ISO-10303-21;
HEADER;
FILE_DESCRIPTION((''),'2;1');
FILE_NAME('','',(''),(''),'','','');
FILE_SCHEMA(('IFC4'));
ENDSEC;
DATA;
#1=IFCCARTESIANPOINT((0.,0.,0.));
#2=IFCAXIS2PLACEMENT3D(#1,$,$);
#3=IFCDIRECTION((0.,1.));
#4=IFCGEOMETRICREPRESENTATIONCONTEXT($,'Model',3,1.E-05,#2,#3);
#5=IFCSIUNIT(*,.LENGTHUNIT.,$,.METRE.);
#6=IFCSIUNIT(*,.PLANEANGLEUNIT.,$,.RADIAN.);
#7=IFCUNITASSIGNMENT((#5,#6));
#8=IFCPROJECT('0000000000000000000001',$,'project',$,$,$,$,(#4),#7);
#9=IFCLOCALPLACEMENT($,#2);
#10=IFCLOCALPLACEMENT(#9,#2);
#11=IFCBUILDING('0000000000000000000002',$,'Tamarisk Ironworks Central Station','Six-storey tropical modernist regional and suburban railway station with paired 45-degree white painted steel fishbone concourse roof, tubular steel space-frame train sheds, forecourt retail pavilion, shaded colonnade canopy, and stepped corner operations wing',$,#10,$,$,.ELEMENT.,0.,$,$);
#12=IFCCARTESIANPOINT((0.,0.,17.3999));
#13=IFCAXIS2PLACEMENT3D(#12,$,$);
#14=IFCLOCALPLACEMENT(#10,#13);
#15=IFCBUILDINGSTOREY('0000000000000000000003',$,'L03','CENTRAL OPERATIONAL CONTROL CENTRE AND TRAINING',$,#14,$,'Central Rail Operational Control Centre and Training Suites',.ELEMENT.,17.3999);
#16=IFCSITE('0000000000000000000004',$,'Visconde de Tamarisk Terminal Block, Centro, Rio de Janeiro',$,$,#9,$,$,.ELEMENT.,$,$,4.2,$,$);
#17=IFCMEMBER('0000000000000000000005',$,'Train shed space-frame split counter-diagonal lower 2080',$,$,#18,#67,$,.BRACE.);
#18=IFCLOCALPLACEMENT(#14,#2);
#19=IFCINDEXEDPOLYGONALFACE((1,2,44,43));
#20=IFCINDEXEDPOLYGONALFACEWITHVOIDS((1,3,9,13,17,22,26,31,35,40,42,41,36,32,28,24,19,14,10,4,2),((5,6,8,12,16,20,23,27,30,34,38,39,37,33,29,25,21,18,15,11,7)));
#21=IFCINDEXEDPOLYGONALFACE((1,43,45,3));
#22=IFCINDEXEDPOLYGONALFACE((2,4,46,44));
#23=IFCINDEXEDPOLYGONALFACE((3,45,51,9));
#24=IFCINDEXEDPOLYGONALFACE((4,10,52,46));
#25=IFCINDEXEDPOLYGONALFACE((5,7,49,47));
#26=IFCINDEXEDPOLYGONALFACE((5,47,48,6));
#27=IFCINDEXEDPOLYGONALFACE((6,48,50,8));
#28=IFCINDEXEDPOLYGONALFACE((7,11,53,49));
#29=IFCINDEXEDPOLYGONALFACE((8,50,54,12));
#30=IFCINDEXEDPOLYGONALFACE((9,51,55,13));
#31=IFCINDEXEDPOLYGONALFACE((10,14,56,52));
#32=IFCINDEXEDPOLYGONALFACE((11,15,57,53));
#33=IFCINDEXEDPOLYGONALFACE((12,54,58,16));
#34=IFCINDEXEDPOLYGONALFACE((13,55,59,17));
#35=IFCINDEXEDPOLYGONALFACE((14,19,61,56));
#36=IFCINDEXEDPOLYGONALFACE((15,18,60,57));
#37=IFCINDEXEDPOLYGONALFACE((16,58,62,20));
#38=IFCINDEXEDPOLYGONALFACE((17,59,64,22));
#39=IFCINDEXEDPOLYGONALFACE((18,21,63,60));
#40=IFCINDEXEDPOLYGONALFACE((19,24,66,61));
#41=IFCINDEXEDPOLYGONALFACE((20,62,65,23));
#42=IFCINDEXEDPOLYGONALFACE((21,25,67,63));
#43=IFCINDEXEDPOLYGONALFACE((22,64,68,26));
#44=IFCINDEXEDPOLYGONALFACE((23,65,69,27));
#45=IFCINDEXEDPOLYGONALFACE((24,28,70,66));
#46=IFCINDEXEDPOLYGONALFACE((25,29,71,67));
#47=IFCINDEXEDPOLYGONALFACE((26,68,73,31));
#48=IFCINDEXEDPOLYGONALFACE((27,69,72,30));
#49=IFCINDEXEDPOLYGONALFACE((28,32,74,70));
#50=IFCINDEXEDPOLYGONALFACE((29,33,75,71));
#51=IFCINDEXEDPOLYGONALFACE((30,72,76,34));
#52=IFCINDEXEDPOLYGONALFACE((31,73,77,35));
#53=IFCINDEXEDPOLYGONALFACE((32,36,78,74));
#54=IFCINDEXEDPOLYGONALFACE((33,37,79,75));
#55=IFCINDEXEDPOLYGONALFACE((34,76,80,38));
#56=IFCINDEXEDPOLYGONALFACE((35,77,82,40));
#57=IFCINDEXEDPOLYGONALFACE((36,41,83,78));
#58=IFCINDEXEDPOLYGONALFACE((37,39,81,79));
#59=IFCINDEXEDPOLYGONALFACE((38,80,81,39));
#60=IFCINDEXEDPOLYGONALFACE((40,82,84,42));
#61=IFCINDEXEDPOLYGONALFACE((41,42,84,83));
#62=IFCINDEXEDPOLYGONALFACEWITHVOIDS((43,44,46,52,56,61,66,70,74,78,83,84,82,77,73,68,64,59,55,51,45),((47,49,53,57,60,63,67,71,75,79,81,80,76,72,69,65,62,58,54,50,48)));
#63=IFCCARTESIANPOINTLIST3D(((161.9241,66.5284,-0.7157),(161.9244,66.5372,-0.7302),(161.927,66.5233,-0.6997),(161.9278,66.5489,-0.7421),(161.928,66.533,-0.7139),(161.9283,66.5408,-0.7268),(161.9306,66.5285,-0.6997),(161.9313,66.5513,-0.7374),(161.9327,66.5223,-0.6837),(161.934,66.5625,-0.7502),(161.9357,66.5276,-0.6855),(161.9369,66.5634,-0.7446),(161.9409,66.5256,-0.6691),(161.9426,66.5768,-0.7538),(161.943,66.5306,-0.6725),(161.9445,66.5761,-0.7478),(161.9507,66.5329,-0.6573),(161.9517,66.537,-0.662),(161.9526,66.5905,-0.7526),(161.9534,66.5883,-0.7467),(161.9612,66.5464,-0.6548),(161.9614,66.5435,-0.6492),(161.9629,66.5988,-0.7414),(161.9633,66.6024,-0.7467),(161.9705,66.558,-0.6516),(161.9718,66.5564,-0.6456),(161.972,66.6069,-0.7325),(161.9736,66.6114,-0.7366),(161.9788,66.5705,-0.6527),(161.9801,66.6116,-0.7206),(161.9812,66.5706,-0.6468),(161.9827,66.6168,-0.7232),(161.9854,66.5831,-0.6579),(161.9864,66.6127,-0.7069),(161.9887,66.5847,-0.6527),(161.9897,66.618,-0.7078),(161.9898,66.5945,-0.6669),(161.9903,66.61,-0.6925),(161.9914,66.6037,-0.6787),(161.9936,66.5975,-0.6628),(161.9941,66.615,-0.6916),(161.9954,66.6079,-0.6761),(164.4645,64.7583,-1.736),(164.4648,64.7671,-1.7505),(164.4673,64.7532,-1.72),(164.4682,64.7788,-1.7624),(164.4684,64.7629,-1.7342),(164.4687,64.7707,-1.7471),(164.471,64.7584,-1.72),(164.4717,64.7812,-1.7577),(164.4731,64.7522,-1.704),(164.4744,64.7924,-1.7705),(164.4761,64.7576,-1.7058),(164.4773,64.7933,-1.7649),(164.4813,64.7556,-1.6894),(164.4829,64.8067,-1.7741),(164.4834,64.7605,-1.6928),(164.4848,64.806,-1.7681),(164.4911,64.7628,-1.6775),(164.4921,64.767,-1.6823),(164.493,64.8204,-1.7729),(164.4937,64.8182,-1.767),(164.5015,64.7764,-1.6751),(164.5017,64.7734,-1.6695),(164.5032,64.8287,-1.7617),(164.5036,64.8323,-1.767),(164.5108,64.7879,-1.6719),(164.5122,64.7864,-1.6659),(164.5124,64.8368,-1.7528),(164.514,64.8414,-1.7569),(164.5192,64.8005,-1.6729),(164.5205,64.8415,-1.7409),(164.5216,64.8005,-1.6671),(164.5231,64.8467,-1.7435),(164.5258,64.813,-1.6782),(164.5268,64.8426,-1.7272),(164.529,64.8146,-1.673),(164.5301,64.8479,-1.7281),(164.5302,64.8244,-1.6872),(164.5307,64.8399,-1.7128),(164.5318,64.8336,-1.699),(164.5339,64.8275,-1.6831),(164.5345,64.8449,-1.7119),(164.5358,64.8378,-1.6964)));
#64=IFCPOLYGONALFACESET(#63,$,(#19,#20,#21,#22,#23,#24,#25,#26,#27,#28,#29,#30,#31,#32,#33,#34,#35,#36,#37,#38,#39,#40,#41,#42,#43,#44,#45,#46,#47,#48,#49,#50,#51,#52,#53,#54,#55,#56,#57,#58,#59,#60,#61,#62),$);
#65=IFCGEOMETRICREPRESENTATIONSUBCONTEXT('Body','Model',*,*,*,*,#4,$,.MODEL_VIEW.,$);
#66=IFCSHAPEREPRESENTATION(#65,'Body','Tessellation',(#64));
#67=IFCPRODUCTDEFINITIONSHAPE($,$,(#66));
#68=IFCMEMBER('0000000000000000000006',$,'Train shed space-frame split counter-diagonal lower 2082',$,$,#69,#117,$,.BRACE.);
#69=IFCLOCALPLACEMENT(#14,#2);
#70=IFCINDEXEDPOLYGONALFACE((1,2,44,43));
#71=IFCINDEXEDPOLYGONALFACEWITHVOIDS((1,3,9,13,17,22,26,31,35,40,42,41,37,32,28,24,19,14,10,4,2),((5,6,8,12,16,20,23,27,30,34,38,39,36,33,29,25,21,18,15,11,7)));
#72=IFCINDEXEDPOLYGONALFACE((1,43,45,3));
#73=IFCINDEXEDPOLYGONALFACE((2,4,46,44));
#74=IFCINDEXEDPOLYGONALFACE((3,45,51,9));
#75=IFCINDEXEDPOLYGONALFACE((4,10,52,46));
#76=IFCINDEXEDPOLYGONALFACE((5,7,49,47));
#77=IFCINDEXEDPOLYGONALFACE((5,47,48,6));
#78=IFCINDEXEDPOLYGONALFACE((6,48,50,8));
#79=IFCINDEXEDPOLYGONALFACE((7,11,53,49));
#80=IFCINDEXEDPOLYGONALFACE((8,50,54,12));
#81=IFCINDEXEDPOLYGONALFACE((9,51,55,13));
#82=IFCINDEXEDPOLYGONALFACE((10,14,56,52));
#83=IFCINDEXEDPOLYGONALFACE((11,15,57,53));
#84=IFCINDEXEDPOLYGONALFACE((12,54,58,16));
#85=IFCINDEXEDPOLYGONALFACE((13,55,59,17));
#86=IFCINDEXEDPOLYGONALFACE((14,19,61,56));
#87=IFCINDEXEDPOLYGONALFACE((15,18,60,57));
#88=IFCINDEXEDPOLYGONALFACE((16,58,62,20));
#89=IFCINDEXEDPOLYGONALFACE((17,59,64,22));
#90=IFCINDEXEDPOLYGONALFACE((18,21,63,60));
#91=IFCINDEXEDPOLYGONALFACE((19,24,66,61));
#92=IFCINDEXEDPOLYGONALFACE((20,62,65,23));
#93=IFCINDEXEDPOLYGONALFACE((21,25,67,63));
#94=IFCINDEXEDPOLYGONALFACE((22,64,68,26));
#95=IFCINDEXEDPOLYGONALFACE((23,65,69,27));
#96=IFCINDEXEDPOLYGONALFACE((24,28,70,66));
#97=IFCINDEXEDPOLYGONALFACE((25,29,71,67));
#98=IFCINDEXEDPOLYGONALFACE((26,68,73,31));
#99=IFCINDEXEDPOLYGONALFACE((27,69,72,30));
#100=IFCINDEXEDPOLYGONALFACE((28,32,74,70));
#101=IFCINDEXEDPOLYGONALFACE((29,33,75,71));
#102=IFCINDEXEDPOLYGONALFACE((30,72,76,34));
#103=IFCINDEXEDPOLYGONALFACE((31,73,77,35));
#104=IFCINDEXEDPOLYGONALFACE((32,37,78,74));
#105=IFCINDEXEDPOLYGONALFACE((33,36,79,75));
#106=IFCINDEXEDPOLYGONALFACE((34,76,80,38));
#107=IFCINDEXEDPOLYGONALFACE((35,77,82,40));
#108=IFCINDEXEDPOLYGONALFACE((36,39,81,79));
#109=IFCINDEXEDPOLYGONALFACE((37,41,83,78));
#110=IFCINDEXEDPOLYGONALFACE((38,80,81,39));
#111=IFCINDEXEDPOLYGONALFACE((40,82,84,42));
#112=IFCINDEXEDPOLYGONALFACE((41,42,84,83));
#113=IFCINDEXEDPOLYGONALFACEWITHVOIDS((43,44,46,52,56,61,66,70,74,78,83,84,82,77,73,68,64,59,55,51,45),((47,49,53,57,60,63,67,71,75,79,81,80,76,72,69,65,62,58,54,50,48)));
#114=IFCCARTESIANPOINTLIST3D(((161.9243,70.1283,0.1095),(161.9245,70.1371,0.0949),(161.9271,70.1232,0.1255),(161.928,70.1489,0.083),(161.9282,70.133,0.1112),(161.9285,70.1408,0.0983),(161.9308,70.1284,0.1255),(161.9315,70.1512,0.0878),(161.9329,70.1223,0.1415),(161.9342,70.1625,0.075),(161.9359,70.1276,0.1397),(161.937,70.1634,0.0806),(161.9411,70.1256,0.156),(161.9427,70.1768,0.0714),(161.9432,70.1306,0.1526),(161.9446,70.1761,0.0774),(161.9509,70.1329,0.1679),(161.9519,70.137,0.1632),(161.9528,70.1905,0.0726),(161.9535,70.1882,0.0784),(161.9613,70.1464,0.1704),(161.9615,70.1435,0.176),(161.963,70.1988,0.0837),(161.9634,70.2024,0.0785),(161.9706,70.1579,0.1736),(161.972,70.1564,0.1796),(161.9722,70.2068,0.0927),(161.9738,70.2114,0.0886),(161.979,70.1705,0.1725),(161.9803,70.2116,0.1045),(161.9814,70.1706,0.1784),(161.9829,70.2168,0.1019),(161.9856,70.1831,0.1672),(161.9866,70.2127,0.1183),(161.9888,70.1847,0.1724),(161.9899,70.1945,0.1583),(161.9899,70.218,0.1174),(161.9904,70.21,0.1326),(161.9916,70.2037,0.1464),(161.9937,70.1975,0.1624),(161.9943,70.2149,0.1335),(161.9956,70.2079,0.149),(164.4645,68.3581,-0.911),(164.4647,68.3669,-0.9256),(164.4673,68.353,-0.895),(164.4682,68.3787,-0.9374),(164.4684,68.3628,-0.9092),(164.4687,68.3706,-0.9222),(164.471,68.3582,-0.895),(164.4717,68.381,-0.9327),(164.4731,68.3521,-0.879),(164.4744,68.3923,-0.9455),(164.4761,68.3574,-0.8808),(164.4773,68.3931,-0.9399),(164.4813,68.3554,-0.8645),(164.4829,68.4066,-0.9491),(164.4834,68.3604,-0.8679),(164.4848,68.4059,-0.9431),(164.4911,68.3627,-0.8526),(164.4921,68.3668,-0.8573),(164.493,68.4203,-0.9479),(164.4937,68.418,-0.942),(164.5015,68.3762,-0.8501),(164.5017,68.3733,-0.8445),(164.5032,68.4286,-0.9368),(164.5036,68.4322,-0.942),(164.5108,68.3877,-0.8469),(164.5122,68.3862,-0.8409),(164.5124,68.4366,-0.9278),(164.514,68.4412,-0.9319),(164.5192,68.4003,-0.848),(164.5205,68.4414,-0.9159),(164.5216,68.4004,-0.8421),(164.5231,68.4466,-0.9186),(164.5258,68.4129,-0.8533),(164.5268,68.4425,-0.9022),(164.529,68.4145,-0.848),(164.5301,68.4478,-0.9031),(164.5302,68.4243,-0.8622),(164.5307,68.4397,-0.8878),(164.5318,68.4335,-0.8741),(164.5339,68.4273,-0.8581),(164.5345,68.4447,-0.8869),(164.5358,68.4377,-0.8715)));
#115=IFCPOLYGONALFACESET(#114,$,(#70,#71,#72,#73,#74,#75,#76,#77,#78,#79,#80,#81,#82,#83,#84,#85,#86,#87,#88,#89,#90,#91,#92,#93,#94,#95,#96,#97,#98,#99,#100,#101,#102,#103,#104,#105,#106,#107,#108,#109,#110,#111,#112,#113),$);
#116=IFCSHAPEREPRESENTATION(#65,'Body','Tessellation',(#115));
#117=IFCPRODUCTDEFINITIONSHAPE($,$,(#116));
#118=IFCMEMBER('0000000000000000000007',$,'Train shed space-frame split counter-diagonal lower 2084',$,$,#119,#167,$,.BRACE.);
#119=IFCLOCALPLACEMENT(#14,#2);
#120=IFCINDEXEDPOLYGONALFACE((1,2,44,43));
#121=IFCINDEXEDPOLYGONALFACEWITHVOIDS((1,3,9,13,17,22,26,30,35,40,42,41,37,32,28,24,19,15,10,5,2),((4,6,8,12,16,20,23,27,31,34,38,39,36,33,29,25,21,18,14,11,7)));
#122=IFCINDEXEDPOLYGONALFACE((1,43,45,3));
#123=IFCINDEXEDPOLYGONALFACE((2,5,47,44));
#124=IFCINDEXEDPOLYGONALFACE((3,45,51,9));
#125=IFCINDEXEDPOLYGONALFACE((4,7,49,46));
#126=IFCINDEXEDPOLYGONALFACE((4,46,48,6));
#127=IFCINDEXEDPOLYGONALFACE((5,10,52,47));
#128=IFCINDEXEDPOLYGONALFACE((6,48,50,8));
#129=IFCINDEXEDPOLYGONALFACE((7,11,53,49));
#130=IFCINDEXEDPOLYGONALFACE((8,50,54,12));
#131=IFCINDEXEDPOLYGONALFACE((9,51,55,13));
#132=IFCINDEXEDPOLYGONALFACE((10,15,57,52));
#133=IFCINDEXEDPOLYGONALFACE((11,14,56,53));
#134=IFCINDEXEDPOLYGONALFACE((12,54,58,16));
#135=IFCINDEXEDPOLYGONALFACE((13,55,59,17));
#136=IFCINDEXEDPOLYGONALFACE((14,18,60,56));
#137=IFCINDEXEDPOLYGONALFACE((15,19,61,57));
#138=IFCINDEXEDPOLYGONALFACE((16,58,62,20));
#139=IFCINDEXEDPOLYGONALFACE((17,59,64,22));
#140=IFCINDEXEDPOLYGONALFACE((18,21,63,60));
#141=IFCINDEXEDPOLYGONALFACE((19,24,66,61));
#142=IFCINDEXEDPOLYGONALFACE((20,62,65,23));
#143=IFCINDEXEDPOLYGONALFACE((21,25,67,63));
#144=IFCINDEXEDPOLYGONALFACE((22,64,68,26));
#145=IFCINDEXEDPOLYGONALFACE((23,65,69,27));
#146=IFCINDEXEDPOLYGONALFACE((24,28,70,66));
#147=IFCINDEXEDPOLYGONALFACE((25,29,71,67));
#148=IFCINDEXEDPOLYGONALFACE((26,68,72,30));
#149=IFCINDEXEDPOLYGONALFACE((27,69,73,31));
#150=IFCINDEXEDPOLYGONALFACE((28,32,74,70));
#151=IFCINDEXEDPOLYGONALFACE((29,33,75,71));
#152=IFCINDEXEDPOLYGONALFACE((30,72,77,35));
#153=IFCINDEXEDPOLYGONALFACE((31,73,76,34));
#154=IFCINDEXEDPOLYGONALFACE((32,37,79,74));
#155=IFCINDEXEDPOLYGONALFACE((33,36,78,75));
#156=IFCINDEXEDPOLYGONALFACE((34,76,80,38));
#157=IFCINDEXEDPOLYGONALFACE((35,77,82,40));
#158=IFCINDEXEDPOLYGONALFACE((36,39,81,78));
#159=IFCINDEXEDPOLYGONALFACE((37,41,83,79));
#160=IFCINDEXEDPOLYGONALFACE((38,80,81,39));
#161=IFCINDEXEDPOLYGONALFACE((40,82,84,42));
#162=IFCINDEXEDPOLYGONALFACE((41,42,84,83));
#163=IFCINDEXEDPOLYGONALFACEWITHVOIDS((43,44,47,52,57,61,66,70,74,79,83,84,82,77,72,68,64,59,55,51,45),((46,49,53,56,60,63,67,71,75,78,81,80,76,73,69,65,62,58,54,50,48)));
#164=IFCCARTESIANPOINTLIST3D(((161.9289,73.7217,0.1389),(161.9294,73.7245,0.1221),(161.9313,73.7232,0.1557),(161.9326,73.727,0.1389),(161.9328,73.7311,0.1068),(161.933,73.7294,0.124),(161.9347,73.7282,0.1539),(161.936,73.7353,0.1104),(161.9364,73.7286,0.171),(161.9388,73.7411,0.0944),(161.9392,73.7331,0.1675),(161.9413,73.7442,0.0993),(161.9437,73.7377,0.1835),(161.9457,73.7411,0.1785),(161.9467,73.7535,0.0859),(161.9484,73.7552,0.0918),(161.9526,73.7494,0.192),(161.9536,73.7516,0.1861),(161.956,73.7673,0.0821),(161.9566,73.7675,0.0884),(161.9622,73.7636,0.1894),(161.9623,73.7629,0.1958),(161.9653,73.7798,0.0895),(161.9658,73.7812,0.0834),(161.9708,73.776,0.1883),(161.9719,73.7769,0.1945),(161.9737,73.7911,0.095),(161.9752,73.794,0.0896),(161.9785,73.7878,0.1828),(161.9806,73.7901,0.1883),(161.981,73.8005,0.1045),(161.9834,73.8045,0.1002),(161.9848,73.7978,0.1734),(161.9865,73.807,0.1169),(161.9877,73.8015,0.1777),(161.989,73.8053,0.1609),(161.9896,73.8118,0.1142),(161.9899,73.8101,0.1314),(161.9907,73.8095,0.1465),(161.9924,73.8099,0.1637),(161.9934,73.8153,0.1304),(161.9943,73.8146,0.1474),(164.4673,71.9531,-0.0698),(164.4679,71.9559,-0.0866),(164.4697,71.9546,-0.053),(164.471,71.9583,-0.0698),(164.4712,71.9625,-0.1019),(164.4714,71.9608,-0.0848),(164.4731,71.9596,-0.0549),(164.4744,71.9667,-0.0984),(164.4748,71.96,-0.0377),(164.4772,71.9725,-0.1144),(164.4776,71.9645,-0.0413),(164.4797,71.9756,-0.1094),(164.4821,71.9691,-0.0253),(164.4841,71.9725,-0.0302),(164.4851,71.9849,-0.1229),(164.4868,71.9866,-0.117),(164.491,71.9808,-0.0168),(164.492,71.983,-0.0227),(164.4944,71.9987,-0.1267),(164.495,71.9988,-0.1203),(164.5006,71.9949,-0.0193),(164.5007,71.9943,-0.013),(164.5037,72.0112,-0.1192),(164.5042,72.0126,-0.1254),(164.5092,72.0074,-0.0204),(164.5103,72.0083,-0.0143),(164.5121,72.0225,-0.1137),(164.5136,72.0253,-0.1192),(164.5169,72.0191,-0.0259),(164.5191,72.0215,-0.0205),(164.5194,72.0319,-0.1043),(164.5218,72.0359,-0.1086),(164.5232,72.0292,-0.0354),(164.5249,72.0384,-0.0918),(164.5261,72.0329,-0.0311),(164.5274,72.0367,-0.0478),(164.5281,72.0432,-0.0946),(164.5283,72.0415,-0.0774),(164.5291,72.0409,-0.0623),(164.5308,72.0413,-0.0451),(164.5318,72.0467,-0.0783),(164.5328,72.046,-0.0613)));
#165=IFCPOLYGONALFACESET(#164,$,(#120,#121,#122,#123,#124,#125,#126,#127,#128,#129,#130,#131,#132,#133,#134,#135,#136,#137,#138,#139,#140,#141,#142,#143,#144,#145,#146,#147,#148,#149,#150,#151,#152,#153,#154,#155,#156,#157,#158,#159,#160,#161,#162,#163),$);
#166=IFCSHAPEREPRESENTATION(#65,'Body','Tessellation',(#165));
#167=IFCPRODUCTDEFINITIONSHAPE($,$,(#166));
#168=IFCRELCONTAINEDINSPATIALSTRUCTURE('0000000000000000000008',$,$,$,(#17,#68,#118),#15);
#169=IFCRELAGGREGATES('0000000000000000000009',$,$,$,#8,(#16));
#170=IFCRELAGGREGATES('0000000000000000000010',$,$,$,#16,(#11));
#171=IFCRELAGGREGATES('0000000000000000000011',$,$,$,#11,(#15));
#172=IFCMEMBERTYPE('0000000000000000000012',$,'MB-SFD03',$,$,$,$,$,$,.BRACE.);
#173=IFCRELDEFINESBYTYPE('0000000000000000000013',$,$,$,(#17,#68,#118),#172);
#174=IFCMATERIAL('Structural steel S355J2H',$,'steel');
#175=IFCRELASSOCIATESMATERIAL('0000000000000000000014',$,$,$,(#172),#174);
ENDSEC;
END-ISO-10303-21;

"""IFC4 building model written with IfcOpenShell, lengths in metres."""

from ifc_helpers import new_model, si_unit, direction, frame, origin, origin_2d, place, context, subcontext, project, spatial, hollow_circle, extrude, material, material_profile, profile_set, type_object, element, save


model = new_model("IFC4")

# Units and contexts
model_context = context("Model", 3, precision=1e-05, world=origin(), true_north=direction((0.0, 1.0)))
body_context = subcontext(model_context, "Body", "Model", "MODEL_VIEW")
ifc_project = project(units=[si_unit("LENGTHUNIT", "METRE"), si_unit("PLANEANGLEUNIT", "RADIAN")], contexts=[model_context])

# Site, building, storey
site_placement = place(None, origin())
site = spatial("IfcSite", under=ifc_project, at=site_placement, Name="Visconde de Tamarisk Terminal Block, Centro, Rio de Janeiro", CompositionType="ELEMENT", RefElevation=4.2)
building_placement = place(site_placement, origin())
building = spatial("IfcBuilding", under=site, at=building_placement, Name="Tamarisk Ironworks Central Station", Description="Six-storey tropical modernist regional and suburban railway station with paired 45-degree white painted steel fishbone concourse roof, tubular steel space-frame train sheds, forecourt retail pavilion, shaded colonnade canopy, and stepped corner operations wing", CompositionType="ELEMENT", ElevationOfRefHeight=0.0)
storey_placement = place(building_placement, frame((0.0, 0.0, 17.3999)))
storey = spatial("IfcBuildingStorey", under=building, at=storey_placement, Name="L03", Description="CENTRAL OPERATIONAL CONTROL CENTRE AND TRAINING", LongName="Central Rail Operational Control Centre and Training Suites", CompositionType="ELEMENT", Elevation=17.3999)

# Members
ifc_material_1 = material(Name="Structural steel S355J2H", Category="steel")
ifc_material_profile_1 = material_profile(ifc_material_1, hollow_circle(Radius=0.0571, WallThickness=0.0063, at=origin_2d()), Name="CHS 114.3x6.3")
ifc_profile_set_1 = profile_set([ifc_material_profile_1], Name="Structural steel S355J2H")
member_type_1 = type_object("IfcMemberType", Name="MB-SFD03", PredefinedType="BRACE", material=ifc_profile_set_1)
for number, where, z_axis, x_axis, name in (
    (1, (164.5, 64.8, -1.72), (-0.779252, 0.542967, 0.312974), (-0.571688, -0.820471, 0.0), "Train shed space-frame split counter-diagonal lower 2080"),
    (2, (164.5, 68.3999, -0.895), (-0.779202, 0.543008, 0.313029), (-0.571741, -0.820434, 0.0), "Train shed space-frame split counter-diagonal lower 2082"),
):
    element("IfcMember", number, at=place(storey_placement, frame(where, z_axis=z_axis, x_axis=x_axis)), inside=storey, type_object=member_type_1, Name=name, PredefinedType="BRACE", context=body_context, shape_type="SweptSolid", body=[
        extrude(hollow_circle(Radius=0.0571, WallThickness=0.0063, at=origin_2d()), origin(), (0.0, 0.0, 1.0), 3.26),
    ])
member_1_placement = place(storey_placement, frame((164.5, 72.0, -0.0698), z_axis=(-0.818625, 0.570369, 0.06732), x_axis=(-0.571666, -0.820487, 0.0)))
element("IfcMember", 3, at=member_1_placement, inside=storey, type_object=member_type_1, Name="Train shed space-frame split counter-diagonal lower 2084", PredefinedType="BRACE", context=body_context, shape_type="SweptSolid", body=[
    extrude(hollow_circle(Radius=0.0571, WallThickness=0.0063, at=origin_2d()), origin(), (0.0, 0.0, 1.0), 3.1008),
])

save(model, "model.ifc")
